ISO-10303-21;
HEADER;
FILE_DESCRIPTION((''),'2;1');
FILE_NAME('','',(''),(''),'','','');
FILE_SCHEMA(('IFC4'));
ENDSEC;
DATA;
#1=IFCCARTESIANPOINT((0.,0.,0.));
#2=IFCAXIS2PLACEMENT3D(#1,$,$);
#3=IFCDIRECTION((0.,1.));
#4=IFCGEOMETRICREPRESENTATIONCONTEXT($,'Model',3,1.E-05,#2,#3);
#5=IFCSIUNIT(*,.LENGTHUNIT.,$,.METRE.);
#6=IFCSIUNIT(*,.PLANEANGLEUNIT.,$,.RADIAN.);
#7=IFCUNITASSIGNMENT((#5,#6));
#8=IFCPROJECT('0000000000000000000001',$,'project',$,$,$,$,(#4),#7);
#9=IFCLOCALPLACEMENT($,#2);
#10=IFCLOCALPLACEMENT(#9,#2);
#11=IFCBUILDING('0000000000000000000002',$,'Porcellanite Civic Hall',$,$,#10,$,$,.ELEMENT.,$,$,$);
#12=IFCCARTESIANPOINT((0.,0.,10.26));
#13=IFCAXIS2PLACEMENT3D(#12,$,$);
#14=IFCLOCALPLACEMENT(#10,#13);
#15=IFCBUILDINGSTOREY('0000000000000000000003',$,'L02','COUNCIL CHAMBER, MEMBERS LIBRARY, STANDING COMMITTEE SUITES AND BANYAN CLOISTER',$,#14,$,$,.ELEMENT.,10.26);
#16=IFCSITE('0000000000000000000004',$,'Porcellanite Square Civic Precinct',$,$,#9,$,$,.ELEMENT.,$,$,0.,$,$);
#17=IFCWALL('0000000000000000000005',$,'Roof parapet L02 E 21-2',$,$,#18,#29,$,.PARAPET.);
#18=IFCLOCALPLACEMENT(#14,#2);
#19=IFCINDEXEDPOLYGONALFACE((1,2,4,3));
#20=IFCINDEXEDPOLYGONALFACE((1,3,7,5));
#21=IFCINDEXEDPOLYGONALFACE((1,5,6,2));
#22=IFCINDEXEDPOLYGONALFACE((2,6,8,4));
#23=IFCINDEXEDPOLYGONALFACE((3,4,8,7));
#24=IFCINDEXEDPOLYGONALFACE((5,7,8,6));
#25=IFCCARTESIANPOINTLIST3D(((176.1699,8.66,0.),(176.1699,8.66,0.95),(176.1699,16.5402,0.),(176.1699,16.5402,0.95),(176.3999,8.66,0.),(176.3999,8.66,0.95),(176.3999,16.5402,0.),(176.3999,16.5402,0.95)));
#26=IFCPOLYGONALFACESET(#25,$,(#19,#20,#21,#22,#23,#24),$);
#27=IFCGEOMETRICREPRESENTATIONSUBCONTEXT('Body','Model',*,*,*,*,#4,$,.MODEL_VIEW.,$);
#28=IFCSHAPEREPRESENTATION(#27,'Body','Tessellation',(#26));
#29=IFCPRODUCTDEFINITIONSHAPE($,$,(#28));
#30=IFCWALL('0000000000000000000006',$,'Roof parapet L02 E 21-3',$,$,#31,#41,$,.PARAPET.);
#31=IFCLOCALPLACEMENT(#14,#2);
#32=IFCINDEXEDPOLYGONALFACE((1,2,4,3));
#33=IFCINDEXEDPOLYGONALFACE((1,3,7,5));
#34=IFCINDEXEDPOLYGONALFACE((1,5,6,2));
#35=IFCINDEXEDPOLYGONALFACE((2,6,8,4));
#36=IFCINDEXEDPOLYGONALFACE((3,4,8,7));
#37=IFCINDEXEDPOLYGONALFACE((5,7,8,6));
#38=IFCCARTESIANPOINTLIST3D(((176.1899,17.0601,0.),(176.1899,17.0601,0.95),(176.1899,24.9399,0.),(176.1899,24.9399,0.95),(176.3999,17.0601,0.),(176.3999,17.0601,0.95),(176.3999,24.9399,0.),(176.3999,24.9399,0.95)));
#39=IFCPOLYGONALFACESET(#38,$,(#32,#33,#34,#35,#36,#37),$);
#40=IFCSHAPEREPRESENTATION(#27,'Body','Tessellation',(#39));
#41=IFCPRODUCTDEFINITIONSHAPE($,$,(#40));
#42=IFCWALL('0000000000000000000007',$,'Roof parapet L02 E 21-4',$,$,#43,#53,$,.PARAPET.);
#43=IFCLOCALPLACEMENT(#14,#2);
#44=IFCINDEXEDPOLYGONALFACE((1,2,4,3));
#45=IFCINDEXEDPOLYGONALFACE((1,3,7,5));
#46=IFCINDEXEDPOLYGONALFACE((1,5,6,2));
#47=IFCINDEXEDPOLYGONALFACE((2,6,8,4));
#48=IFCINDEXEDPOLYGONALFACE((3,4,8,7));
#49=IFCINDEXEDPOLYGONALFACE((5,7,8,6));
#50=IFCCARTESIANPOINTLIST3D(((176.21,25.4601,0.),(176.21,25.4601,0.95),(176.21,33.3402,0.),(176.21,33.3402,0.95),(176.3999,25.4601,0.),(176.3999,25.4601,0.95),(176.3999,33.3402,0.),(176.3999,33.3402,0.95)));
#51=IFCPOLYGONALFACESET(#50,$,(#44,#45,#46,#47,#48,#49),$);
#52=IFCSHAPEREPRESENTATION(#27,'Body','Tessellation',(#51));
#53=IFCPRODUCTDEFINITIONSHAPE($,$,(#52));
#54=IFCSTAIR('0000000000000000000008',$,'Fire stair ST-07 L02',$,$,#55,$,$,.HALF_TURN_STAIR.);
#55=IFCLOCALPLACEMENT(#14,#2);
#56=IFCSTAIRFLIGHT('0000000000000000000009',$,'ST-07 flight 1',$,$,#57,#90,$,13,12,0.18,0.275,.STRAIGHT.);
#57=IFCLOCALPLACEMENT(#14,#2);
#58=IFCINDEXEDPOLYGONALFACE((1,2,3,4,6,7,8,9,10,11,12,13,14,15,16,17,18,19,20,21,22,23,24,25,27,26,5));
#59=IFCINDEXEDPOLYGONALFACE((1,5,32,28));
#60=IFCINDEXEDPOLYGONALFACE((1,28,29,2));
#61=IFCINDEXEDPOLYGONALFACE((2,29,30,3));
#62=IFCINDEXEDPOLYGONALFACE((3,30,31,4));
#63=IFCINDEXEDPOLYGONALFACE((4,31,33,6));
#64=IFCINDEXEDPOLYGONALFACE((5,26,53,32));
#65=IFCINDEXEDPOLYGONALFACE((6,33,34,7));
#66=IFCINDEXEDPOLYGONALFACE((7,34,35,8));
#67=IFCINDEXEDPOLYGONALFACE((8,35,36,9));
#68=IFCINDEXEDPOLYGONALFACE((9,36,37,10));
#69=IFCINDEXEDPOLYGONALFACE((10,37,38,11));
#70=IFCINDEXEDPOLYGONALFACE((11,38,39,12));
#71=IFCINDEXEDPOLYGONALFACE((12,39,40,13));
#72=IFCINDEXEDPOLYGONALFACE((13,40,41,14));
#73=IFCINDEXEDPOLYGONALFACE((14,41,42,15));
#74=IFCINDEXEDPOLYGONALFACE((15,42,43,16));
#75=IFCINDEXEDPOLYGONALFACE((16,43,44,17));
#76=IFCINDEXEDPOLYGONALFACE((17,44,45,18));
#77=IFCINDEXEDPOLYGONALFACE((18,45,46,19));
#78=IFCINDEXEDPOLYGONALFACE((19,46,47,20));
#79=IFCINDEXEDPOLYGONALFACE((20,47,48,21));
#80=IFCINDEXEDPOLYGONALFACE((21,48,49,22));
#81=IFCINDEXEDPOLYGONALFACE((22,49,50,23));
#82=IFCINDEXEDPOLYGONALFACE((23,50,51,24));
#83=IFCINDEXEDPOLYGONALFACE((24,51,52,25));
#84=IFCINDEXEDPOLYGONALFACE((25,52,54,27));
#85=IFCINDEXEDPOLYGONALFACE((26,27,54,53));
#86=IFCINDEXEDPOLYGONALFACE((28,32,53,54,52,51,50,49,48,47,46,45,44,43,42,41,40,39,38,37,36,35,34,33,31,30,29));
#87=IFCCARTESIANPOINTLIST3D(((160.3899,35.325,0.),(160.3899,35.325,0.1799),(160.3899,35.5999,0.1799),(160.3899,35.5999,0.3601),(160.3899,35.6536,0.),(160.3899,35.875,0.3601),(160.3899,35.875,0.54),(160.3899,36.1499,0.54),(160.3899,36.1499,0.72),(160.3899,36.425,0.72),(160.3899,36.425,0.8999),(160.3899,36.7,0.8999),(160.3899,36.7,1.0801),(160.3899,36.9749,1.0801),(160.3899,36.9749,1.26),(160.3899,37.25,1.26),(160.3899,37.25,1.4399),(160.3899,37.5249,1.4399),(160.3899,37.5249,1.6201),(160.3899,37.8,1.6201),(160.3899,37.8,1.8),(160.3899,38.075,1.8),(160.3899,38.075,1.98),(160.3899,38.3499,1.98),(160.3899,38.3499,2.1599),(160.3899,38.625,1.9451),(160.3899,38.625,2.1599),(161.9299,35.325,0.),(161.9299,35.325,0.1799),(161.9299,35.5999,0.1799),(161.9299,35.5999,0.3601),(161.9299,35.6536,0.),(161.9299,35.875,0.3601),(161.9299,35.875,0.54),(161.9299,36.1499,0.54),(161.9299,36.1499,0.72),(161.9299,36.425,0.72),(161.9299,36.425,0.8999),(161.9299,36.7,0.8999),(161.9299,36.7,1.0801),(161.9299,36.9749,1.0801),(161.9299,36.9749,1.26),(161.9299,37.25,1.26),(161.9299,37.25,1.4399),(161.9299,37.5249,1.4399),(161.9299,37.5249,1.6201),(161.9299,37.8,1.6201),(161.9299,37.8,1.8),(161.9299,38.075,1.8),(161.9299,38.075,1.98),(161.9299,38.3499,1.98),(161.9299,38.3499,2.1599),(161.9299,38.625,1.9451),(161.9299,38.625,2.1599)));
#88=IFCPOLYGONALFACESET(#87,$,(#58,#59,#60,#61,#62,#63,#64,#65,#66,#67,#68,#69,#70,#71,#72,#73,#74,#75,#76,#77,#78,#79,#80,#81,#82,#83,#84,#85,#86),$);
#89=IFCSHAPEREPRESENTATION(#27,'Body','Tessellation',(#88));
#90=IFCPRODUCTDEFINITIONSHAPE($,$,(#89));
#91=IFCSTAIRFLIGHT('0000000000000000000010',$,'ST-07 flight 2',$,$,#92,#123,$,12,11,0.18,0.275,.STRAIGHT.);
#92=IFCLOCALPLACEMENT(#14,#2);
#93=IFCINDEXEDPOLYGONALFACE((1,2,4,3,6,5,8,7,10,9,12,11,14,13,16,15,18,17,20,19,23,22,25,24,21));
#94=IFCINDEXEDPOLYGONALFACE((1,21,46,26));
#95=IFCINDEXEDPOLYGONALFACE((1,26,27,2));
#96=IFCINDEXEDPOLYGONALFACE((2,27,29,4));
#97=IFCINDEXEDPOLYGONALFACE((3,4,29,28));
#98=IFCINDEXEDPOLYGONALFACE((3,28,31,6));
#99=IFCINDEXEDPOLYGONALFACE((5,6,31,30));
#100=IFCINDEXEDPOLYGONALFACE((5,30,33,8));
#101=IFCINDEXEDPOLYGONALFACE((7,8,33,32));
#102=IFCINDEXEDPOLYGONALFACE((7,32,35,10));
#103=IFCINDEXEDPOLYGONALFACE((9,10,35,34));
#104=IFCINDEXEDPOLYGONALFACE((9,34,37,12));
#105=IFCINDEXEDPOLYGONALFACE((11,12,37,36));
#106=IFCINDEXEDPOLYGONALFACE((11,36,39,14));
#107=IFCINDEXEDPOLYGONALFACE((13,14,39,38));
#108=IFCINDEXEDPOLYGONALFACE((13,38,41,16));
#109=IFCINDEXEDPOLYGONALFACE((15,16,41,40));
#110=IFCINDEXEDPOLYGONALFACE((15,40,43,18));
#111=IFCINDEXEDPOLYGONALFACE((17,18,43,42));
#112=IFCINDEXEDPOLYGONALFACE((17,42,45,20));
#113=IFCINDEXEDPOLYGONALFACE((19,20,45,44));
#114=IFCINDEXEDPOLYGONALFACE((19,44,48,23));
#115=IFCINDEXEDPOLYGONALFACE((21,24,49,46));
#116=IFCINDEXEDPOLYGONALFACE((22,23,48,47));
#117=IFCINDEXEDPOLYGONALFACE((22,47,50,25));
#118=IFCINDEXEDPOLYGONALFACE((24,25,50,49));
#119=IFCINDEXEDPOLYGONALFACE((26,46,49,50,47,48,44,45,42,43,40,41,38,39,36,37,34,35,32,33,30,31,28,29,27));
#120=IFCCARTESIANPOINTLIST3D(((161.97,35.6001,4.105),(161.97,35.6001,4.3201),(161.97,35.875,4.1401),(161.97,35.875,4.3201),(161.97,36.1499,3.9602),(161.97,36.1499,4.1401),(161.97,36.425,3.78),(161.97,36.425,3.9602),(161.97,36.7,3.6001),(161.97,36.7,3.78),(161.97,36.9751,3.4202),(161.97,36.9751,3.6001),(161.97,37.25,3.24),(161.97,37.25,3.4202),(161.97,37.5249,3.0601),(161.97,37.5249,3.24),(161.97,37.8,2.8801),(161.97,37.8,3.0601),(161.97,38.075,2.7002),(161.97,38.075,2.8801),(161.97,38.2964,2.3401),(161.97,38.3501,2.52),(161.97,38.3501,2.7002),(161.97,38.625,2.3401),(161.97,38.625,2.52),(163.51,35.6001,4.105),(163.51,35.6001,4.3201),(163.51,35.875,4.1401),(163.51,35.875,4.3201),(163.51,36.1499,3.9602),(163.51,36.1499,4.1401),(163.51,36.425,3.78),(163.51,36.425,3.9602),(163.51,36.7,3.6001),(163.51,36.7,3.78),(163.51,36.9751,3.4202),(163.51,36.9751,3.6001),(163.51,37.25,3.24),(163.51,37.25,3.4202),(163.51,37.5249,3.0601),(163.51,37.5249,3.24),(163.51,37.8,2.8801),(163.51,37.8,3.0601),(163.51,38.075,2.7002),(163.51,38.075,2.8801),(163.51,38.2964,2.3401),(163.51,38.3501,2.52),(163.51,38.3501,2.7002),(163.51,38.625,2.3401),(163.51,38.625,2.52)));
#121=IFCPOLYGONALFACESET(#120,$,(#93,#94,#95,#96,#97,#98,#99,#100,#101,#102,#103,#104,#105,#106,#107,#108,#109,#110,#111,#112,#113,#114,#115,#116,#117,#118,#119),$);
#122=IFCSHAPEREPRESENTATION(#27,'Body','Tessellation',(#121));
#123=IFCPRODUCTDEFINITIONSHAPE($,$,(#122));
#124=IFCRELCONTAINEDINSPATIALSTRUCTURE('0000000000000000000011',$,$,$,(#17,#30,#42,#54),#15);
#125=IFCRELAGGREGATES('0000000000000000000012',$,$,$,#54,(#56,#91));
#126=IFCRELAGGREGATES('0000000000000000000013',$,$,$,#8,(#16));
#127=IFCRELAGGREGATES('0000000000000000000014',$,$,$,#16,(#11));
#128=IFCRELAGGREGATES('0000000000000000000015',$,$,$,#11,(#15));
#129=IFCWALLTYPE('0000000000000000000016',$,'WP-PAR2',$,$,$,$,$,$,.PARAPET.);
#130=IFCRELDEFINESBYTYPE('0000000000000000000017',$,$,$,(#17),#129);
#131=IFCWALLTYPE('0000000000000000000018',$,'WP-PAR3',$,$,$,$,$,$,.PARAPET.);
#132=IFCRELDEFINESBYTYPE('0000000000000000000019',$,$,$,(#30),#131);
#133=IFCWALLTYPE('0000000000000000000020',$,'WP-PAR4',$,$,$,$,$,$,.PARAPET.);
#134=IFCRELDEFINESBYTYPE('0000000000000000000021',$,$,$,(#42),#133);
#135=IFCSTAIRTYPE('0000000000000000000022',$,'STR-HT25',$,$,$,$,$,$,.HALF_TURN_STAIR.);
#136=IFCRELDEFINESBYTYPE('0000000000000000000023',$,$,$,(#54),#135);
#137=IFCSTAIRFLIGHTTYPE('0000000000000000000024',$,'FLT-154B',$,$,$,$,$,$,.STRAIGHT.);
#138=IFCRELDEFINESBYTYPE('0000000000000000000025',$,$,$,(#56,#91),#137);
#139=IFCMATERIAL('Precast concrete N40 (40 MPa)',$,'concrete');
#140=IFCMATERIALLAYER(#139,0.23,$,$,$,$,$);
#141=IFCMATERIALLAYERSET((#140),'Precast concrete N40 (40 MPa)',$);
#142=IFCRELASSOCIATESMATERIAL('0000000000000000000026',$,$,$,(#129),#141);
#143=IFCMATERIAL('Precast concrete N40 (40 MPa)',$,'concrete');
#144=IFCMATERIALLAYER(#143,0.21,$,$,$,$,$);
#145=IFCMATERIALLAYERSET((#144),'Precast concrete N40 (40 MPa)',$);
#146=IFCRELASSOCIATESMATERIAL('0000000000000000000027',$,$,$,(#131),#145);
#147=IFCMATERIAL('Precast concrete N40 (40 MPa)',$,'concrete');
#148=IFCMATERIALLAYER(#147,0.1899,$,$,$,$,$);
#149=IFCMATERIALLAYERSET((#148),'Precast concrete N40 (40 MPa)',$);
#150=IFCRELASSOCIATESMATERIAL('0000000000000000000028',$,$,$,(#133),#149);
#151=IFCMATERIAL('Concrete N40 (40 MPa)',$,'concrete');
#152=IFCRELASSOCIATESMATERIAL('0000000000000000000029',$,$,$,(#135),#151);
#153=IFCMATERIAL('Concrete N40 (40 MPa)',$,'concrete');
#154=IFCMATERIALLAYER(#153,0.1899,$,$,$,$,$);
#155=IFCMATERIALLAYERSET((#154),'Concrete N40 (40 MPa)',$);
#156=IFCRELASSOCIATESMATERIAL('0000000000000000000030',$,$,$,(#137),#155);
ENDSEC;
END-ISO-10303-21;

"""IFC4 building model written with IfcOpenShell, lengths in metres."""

from ifc_helpers import new_model, si_unit, direction, frame, frame_2d, origin, place, context, subcontext, project, spatial, polyline, rectangle, outline, extrude, material, layer, layer_set, type_object, element, aggregate, save


model = new_model("IFC4")

# Units and contexts
model_context = context("Model", 3, precision=1e-05, world=origin(), true_north=direction((0.0, 1.0)))
body_context = subcontext(model_context, "Body", "Model", "MODEL_VIEW")
ifc_project = project(units=[si_unit("LENGTHUNIT", "METRE"), si_unit("PLANEANGLEUNIT", "RADIAN")], contexts=[model_context])

# Site, building, storey
site_placement = place(None, origin())
site = spatial("IfcSite", under=ifc_project, at=site_placement, Name="Porcellanite Square Civic Precinct", CompositionType="ELEMENT", RefElevation=0.0)
building_placement = place(site_placement, origin())
building = spatial("IfcBuilding", under=site, at=building_placement, Name="Porcellanite Civic Hall", CompositionType="ELEMENT")
storey_placement = place(building_placement, frame((0.0, 0.0, 10.26)))
storey = spatial("IfcBuildingStorey", under=building, at=storey_placement, Name="L02", Description="COUNCIL CHAMBER, MEMBERS LIBRARY, STANDING COMMITTEE SUITES AND BANYAN CLOISTER", CompositionType="ELEMENT", Elevation=10.26)

# Walls
ifc_material_1 = material(Name="Precast concrete N40 (40 MPa)", Category="concrete")
ifc_layer_1 = layer(ifc_material_1, 0.23)
ifc_layer_set_1 = layer_set([ifc_layer_1], Name="Precast concrete N40 (40 MPa)")
wall_type_1 = type_object("IfcWallType", Name="WP-PAR2", PredefinedType="PARAPET", material=ifc_layer_set_1)
wall_1_placement = place(storey_placement, frame((176.2849, 16.54, 0.0), z_axis=(0.0, 0.0, 1.0), x_axis=(0.0, -1.0, 0.0)))
element("IfcWall", 1, at=wall_1_placement, inside=storey, type_object=wall_type_1, Name="Roof parapet L02 E 21-2", PredefinedType="PARAPET", context=body_context, shape_type="SweptSolid", body=[
    extrude(rectangle(XDim=7.8801, YDim=0.23, at=frame_2d((3.9399, 0.0))), origin(), (0.0, 0.0, 1.0), 0.95),
])
ifc_material_2 = material(Name="Precast concrete N40 (40 MPa)", Category="concrete")
ifc_layer_2 = layer(ifc_material_2, 0.21)
ifc_layer_set_2 = layer_set([ifc_layer_2], Name="Precast concrete N40 (40 MPa)")
wall_type_2 = type_object("IfcWallType", Name="WP-PAR3", PredefinedType="PARAPET", material=ifc_layer_set_2)
wall_2_placement = place(storey_placement, frame((176.2949, 24.9399, 0.0), z_axis=(0.0, 0.0, 1.0), x_axis=(0.0, -1.0, 0.0)))
element("IfcWall", 2, at=wall_2_placement, inside=storey, type_object=wall_type_2, Name="Roof parapet L02 E 21-3", PredefinedType="PARAPET", context=body_context, shape_type="SweptSolid", body=[
    extrude(rectangle(XDim=7.8799, YDim=0.21, at=frame_2d((3.9399, 0.0))), origin(), (0.0, 0.0, 1.0), 0.95),
])
ifc_material_3 = material(Name="Precast concrete N40 (40 MPa)", Category="concrete")
ifc_layer_3 = layer(ifc_material_3, 0.1899)
ifc_layer_set_3 = layer_set([ifc_layer_3], Name="Precast concrete N40 (40 MPa)")
wall_type_3 = type_object("IfcWallType", Name="WP-PAR4", PredefinedType="PARAPET", material=ifc_layer_set_3)
wall_3_placement = place(storey_placement, frame((176.3049, 33.3401, 0.0), z_axis=(0.0, 0.0, 1.0), x_axis=(0.0, -1.0, 0.0)))
element("IfcWall", 3, at=wall_3_placement, inside=storey, type_object=wall_type_3, Name="Roof parapet L02 E 21-4", PredefinedType="PARAPET", context=body_context, shape_type="SweptSolid", body=[
    extrude(rectangle(XDim=7.8801, YDim=0.1899, at=frame_2d((3.9399, 0.0))), origin(), (0.0, 0.0, 1.0), 0.95),
])

# Stair, stair flights
ifc_material_4 = material(Name="Concrete N40 (40 MPa)", Category="concrete")
stair_type = type_object("IfcStairType", Name="STR-HT25", PredefinedType="HALF_TURN_STAIR", material=ifc_material_4)
stair_placement = place(storey_placement, origin())
stair = element("IfcStair", 4, at=stair_placement, inside=storey, type_object=stair_type, Name="Fire stair ST-07 L02", PredefinedType="HALF_TURN_STAIR")
ifc_material_5 = material(Name="Concrete N40 (40 MPa)", Category="concrete")
ifc_layer_4 = layer(ifc_material_5, 0.1899)
ifc_layer_set_4 = layer_set([ifc_layer_4], Name="Concrete N40 (40 MPa)")
stair_flight_type = type_object("IfcStairFlightType", Name="FLT-154B", PredefinedType="STRAIGHT", material=ifc_layer_set_4)
stair_flight_1_placement = place(storey_placement, frame((161.1599, 35.325, 0.0), z_axis=(0.0, 0.0, 1.0), x_axis=(0.0, 1.0, 0.0)))
stair_flight_1 = element("IfcStairFlight", 5, at=stair_flight_1_placement, type_object=stair_flight_type, Name="ST-07 flight 1", NumberOfRisers=13, NumberOfTreads=12, PredefinedType="STRAIGHT", RiserHeight=0.18, TreadLength=0.275, context=body_context, shape_type="SweptSolid", body=[
    extrude(outline(polyline([(0.0, 0.0), (0.0, 0.1799), (0.2749, 0.1799), (0.2749, 0.3601), (0.55, 0.3601), (0.55, 0.54), (0.825, 0.54), (0.825, 0.72), (1.1001, 0.72), (1.1001, 0.8999), (1.375, 0.8999), (1.375, 1.0801), (1.6499, 1.0801), (1.6499, 1.26), (1.925, 1.26), (1.925, 1.4399), (2.2, 1.4399), (2.2, 1.6201), (2.4751, 1.6201), (2.4751, 1.8), (2.75, 1.8), (2.75, 1.98), (3.0249, 1.98), (3.0249, 2.1599), (3.3, 2.1599), (3.3, 2.3401), (3.3, 1.9451), (0.3286, 0.0), (0.0, 0.0)])), frame((0.0, 0.77, 0.0), z_axis=(0.0, -1.0, 0.0), x_axis=(1.0, 0.0, 0.0)), (0.0, 0.0, 1.0), 1.54),
])
stair_flight_2_placement = place(storey_placement, frame((162.74, 38.625, 2.3401), z_axis=(0.0, 0.0, 1.0), x_axis=(0.0, -1.0, 0.0)))
stair_flight_2 = element("IfcStairFlight", 6, at=stair_flight_2_placement, type_object=stair_flight_type, Name="ST-07 flight 2", NumberOfRisers=12, NumberOfTreads=11, PredefinedType="STRAIGHT", RiserHeight=0.18, TreadLength=0.275, context=body_context, shape_type="SweptSolid", body=[
    extrude(outline(polyline([(0.0, 0.0), (0.0, 0.1799), (0.2749, 0.1799), (0.2749, 0.3601), (0.55, 0.3601), (0.55, 0.54), (0.825, 0.54), (0.825, 0.72), (1.1001, 0.72), (1.1001, 0.8999), (1.375, 0.8999), (1.375, 1.0801), (1.6499, 1.0801), (1.6499, 1.26), (1.925, 1.26), (1.925, 1.4399), (2.2, 1.4399), (2.2, 1.6201), (2.4751, 1.6201), (2.4751, 1.8), (2.75, 1.8), (2.75, 1.98), (3.0249, 1.98), (3.0249, 2.1599), (3.0249, 1.7649), (0.3286, 0.0), (0.0, 0.0)])), frame((0.0, 0.77, 0.0), z_axis=(0.0, -1.0, 0.0), x_axis=(1.0, 0.0, 0.0)), (0.0, 0.0, 1.0), 1.54),
])
aggregate(stair, [stair_flight_1, stair_flight_2])

save(model, "model.ifc")
